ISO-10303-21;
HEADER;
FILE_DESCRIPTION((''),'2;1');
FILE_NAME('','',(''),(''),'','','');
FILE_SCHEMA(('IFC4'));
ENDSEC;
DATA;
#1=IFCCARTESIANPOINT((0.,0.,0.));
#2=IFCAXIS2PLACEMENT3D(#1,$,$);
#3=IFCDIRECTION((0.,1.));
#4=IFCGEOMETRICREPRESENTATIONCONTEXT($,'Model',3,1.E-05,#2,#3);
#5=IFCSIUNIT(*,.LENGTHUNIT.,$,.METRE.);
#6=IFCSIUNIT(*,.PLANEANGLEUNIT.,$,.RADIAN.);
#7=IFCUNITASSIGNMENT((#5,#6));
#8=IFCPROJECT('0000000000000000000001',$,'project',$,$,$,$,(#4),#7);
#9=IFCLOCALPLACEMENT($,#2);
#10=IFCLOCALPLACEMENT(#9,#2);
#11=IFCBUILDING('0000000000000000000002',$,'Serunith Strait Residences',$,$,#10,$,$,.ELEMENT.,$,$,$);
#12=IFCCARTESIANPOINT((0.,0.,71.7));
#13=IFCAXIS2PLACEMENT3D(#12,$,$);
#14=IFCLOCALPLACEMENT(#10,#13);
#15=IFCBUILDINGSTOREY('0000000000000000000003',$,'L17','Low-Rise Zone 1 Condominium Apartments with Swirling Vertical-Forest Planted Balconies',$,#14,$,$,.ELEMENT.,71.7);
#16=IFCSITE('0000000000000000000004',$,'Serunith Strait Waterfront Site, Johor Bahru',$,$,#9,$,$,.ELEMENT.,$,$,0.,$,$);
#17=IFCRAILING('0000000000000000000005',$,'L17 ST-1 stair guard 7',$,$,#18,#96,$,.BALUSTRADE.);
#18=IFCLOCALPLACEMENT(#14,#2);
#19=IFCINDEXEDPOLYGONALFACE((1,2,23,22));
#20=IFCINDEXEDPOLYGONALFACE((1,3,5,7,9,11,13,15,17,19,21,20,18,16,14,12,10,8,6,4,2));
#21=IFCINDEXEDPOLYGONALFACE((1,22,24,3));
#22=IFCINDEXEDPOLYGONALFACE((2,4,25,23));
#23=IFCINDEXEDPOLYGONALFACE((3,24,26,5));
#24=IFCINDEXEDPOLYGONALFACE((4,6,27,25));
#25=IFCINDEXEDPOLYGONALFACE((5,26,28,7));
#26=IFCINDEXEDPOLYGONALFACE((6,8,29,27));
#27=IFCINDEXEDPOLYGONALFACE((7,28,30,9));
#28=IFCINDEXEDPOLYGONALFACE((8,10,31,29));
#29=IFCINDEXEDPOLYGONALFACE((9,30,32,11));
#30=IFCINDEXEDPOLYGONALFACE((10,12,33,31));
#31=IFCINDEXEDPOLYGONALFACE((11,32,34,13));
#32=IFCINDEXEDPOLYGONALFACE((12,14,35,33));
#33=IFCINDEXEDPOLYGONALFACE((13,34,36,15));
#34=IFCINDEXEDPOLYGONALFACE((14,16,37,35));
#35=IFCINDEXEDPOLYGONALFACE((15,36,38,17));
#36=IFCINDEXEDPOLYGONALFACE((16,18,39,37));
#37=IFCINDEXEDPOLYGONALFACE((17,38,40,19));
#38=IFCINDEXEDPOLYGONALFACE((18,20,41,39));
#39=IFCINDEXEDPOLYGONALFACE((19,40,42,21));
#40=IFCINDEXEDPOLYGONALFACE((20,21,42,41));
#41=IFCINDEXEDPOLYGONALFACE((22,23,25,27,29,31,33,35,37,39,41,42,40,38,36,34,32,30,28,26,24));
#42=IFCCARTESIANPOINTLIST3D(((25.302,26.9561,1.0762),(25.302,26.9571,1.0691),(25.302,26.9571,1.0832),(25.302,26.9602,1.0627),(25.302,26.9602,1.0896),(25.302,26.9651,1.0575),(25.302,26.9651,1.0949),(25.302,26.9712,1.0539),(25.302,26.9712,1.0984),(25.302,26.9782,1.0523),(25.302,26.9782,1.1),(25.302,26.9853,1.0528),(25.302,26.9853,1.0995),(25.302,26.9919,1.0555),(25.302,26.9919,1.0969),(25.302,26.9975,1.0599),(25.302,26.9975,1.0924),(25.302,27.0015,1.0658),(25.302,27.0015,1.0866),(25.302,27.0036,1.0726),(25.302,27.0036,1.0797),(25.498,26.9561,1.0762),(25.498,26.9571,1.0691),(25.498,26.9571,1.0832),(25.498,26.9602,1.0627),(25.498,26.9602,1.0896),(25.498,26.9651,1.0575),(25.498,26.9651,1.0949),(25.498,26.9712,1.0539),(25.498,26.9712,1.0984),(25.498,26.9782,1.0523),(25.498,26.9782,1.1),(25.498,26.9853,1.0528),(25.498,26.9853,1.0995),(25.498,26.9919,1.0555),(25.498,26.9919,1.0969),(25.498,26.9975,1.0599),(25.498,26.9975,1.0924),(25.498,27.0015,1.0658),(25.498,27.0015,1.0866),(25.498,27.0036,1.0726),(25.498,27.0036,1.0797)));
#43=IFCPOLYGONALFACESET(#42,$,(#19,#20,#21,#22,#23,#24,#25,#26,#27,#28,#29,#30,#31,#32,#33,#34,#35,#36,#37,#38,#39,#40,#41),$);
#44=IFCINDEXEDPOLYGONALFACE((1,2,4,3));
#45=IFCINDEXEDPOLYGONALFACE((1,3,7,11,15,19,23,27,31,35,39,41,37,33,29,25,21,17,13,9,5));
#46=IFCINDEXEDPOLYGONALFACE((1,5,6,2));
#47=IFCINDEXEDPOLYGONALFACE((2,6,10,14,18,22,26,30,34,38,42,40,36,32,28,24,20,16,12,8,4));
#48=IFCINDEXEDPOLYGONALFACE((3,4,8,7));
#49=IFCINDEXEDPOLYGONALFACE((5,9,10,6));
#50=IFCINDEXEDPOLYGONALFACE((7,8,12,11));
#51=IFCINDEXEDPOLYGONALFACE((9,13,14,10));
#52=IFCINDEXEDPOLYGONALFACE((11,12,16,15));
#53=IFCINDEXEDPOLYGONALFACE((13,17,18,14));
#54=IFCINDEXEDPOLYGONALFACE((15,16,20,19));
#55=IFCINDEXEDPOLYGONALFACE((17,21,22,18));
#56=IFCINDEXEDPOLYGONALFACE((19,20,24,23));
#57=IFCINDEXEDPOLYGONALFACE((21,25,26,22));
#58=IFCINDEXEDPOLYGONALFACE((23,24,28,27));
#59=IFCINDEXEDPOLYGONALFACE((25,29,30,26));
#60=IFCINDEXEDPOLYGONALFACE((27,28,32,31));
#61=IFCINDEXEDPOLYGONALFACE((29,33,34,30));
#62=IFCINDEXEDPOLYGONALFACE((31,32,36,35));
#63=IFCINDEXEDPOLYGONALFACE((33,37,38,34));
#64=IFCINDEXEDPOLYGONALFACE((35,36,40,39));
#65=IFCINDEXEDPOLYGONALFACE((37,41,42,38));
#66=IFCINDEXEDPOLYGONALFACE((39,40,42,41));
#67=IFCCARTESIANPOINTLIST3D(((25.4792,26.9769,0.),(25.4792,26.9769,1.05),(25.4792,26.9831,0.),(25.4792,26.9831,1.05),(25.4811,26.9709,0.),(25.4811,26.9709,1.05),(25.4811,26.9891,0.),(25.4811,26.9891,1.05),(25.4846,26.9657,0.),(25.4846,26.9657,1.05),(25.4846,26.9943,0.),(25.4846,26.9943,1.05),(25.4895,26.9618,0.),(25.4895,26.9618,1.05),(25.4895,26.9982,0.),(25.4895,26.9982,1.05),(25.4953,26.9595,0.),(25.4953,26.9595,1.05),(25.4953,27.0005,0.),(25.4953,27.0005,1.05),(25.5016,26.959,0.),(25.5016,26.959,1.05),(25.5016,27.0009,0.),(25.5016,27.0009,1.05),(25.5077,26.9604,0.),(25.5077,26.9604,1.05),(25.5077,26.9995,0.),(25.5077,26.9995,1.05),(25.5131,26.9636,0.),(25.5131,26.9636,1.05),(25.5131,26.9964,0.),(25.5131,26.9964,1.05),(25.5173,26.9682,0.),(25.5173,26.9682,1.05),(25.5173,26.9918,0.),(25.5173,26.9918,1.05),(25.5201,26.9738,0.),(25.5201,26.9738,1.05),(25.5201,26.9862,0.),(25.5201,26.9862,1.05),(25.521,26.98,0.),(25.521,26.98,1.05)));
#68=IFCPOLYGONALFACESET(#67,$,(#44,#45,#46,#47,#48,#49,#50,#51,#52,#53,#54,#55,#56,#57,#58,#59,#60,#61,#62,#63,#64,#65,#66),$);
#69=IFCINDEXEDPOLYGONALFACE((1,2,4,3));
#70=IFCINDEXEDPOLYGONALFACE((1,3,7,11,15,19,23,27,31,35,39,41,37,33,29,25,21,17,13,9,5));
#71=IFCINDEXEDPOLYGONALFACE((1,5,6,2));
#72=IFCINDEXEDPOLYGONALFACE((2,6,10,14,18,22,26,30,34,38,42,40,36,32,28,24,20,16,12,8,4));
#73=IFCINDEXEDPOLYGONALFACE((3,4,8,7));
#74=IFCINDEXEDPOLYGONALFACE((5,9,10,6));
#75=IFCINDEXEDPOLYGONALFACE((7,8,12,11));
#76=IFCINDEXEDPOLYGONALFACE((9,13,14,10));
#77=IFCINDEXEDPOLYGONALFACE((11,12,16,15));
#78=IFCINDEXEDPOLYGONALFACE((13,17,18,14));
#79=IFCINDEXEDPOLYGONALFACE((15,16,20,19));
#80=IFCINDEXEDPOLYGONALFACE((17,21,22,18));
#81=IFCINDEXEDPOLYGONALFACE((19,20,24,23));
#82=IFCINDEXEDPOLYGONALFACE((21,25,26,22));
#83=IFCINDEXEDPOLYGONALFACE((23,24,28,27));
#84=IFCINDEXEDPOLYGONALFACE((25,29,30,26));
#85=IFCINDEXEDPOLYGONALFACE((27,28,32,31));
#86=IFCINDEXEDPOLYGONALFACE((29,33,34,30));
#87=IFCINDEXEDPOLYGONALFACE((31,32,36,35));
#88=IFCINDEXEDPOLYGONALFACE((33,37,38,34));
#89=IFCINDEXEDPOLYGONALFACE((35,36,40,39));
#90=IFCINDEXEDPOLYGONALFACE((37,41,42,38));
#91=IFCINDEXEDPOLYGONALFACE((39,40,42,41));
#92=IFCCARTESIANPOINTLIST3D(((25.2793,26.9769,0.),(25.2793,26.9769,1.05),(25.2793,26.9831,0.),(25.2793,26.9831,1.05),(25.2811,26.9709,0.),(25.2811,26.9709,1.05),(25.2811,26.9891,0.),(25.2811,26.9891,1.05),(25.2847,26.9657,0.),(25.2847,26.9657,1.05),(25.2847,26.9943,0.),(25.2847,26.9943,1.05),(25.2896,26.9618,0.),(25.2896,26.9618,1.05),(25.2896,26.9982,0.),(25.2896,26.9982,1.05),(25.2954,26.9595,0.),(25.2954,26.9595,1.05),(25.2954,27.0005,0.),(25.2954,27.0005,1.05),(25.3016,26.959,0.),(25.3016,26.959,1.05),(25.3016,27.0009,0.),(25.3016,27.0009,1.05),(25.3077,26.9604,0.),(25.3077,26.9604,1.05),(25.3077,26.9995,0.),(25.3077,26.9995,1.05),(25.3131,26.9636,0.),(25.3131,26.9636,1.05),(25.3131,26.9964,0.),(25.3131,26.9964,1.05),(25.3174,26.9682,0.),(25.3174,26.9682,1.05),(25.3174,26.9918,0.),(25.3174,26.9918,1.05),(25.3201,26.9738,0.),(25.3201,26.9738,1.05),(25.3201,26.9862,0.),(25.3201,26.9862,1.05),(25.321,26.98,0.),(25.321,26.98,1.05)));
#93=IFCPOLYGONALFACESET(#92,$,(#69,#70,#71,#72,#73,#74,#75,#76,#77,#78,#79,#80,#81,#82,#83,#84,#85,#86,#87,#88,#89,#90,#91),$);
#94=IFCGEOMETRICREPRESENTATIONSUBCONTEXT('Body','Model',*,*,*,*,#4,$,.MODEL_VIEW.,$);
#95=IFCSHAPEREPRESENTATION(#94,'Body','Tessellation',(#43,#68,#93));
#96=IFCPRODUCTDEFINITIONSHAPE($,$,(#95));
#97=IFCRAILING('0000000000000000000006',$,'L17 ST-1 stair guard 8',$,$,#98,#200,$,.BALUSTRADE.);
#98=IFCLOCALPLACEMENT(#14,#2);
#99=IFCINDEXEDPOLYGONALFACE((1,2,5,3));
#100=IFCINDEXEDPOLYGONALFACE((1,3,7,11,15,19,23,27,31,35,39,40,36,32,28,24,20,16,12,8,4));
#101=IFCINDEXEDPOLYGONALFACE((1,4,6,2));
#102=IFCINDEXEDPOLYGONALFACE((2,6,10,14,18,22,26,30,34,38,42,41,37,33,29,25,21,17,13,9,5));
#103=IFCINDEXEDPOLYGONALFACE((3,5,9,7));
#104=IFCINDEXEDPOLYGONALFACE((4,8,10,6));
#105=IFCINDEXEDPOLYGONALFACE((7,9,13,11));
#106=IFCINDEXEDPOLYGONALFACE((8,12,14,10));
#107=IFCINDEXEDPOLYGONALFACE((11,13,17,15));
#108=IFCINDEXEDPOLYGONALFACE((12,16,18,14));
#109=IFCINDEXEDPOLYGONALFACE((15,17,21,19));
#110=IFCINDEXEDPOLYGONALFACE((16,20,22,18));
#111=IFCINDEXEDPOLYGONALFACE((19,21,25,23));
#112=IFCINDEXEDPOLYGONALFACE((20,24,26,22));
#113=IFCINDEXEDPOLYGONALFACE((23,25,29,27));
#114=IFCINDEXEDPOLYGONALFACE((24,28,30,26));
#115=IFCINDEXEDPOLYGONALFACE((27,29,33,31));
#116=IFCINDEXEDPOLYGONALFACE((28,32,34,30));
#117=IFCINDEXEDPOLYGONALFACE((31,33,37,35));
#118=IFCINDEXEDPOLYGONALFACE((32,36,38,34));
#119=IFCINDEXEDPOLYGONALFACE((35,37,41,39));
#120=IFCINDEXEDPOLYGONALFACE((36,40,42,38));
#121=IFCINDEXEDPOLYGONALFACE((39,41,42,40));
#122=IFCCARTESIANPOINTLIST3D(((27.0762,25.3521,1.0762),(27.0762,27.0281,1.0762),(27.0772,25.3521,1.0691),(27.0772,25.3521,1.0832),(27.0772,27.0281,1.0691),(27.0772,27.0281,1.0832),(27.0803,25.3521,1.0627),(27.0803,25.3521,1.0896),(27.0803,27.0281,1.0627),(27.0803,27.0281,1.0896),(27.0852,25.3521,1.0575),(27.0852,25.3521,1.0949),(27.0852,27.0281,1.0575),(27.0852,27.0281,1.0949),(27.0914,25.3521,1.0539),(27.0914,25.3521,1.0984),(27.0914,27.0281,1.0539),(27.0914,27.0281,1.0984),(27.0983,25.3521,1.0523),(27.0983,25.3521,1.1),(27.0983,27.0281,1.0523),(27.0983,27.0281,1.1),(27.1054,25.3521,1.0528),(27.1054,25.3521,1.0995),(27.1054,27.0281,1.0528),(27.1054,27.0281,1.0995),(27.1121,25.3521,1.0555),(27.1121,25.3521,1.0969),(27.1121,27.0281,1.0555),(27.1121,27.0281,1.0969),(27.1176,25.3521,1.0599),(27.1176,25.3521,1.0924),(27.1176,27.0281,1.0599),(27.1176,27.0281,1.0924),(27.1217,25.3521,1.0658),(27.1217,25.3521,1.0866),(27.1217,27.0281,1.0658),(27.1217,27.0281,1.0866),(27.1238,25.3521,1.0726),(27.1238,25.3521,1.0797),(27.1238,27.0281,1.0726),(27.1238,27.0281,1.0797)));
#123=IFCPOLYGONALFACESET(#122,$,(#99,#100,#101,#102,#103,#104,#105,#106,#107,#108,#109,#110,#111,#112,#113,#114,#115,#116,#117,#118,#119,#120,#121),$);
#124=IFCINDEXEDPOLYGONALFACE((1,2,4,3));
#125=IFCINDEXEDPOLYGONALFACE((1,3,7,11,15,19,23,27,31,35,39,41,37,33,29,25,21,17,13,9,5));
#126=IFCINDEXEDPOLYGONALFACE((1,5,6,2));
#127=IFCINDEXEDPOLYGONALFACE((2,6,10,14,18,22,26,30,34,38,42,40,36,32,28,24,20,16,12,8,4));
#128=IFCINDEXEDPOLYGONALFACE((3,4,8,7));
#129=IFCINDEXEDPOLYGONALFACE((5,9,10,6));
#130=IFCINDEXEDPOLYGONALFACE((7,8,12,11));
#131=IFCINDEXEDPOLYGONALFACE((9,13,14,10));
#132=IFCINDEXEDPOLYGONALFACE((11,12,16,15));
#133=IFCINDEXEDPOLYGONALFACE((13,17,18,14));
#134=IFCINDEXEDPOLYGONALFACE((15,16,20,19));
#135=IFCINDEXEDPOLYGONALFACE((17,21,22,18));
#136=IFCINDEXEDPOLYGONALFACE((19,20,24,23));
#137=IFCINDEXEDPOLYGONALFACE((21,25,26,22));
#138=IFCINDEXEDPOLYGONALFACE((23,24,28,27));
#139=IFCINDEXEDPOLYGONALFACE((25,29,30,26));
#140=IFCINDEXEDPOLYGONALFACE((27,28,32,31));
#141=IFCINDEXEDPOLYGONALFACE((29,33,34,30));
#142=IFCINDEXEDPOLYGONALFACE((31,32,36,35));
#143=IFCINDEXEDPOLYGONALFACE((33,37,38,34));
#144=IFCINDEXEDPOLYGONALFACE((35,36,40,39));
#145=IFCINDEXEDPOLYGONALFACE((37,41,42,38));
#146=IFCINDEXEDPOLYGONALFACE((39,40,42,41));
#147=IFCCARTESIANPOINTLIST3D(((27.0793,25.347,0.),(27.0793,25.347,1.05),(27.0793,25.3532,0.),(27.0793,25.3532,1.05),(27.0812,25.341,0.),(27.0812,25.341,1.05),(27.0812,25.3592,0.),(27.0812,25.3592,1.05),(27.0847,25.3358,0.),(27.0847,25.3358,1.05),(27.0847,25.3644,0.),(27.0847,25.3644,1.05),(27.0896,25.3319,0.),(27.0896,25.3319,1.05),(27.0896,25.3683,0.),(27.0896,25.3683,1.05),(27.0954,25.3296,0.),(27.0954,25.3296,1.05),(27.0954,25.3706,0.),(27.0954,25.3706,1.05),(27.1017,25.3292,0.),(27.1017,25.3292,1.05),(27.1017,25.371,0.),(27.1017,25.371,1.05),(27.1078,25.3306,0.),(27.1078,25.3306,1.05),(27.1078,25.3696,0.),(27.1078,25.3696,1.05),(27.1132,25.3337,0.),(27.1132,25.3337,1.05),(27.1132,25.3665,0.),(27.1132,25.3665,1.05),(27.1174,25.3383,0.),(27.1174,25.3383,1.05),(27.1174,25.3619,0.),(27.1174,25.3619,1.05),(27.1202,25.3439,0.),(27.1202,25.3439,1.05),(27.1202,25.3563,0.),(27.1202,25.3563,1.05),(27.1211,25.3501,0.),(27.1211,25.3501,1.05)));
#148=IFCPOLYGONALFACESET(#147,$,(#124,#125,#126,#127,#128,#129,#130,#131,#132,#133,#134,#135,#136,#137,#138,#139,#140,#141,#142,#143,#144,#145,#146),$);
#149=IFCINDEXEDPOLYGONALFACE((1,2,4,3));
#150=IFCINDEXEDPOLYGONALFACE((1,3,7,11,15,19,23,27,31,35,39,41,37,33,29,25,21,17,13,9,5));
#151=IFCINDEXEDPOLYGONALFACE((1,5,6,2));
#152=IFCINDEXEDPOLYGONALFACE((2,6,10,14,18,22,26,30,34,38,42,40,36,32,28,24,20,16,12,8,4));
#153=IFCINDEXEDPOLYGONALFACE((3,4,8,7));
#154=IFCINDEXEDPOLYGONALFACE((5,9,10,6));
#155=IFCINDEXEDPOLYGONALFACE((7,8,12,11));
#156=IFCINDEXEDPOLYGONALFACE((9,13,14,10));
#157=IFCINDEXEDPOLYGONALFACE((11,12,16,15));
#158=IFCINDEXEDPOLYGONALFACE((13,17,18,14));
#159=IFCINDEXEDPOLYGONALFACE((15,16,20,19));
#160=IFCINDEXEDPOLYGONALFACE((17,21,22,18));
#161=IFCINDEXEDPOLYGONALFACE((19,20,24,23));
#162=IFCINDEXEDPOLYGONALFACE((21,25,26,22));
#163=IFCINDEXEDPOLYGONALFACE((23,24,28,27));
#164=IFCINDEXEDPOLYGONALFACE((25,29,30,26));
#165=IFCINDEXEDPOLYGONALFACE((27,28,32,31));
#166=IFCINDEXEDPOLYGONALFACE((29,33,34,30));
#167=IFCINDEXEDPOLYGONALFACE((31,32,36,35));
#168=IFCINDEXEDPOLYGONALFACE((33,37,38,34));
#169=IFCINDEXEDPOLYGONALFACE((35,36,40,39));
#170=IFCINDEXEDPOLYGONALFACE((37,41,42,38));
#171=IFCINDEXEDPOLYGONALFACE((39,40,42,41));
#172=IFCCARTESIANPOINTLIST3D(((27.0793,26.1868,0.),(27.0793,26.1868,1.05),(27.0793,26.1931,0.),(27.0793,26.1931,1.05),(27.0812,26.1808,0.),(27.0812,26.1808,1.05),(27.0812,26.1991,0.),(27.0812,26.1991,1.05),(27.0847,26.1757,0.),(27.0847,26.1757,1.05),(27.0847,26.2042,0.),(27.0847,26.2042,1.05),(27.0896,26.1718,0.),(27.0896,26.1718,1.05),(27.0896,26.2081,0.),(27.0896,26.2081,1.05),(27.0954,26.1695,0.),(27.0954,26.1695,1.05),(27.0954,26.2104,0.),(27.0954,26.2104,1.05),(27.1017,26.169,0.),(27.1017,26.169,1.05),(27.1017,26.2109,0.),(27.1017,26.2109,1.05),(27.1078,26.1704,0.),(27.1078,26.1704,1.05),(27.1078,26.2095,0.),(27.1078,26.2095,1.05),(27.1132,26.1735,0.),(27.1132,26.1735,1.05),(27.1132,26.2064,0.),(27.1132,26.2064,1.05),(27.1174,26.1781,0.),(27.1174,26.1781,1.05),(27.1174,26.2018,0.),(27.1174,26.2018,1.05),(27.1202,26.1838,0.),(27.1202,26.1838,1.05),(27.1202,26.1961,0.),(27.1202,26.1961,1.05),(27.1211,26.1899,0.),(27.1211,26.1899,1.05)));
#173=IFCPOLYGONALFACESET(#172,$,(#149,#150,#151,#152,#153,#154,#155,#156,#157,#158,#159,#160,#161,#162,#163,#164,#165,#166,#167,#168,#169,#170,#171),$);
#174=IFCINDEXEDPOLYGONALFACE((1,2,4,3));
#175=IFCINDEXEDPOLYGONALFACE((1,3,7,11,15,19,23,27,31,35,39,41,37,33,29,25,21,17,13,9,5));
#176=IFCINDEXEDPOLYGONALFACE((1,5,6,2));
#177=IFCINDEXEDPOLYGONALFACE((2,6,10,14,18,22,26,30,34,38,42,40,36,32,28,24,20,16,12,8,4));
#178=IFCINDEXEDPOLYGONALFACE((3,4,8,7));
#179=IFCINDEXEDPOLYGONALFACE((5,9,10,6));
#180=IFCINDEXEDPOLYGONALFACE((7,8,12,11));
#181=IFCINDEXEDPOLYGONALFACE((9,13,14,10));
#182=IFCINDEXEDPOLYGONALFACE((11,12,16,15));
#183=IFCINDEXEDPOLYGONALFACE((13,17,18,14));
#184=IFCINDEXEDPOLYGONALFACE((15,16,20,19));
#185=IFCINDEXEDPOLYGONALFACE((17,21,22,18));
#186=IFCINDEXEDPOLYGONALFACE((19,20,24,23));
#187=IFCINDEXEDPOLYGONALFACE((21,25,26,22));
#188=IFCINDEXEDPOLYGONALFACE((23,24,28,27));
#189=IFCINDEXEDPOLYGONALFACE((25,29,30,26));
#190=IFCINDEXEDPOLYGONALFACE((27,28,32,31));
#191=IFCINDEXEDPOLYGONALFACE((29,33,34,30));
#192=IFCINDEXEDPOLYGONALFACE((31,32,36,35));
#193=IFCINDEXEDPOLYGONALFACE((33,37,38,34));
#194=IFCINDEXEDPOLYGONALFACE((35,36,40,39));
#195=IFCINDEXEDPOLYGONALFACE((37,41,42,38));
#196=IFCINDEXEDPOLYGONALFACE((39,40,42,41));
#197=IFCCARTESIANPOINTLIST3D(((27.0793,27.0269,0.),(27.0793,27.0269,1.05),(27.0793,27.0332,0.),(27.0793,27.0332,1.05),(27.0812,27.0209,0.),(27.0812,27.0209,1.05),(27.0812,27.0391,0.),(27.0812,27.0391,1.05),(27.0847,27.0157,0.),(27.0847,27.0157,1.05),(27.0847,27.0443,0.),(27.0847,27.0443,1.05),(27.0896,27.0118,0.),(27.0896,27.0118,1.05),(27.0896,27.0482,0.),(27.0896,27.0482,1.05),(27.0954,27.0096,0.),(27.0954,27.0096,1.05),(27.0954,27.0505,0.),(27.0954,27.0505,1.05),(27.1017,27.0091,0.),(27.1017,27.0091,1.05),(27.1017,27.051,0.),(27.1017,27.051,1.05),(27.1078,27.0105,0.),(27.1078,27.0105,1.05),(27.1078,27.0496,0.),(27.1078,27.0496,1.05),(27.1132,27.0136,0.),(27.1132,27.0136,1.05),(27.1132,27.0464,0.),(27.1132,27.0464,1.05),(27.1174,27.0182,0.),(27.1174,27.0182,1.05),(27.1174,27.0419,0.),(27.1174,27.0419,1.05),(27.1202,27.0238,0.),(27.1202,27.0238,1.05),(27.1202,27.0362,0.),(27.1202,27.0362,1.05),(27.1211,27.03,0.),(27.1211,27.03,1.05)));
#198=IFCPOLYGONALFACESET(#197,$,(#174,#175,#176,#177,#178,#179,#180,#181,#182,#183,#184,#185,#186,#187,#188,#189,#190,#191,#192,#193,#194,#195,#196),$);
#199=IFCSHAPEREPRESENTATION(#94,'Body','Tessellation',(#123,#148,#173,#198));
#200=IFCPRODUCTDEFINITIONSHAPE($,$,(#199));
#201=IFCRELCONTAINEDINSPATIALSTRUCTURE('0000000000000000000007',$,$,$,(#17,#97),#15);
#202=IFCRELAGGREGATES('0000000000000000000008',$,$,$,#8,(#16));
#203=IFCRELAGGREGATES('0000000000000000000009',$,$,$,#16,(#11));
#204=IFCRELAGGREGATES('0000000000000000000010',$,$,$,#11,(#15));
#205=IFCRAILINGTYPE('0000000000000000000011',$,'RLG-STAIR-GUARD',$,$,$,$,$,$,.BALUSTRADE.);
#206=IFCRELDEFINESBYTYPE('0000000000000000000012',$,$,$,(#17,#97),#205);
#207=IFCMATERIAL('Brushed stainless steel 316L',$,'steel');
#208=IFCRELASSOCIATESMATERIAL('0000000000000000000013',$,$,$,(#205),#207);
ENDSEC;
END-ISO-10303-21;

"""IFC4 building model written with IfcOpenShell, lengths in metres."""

from ifc_helpers import new_model, si_unit, direction, frame, origin, origin_2d, place, context, subcontext, project, spatial, circle, extrude, material, type_object, element, save


model = new_model("IFC4")

# Units and contexts
model_context = context("Model", 3, precision=1e-05, world=origin(), true_north=direction((0.0, 1.0)))
body_context = subcontext(model_context, "Body", "Model", "MODEL_VIEW")
ifc_project = project(units=[si_unit("LENGTHUNIT", "METRE"), si_unit("PLANEANGLEUNIT", "RADIAN")], contexts=[model_context])

# Site, building, storey
site_placement = place(None, origin())
site = spatial("IfcSite", under=ifc_project, at=site_placement, Name="Serunith Strait Waterfront Site, Johor Bahru", CompositionType="ELEMENT", RefElevation=0.0)
building_placement = place(site_placement, origin())
building = spatial("IfcBuilding", under=site, at=building_placement, Name="Serunith Strait Residences", CompositionType="ELEMENT")
storey_placement = place(building_placement, frame((0.0, 0.0, 71.7)))
storey = spatial("IfcBuildingStorey", under=building, at=storey_placement, Name="L17", Description="Low-Rise Zone 1 Condominium Apartments with Swirling Vertical-Forest Planted Balconies", CompositionType="ELEMENT", Elevation=71.7)

# Railings
ifc_material_1 = material(Name="Brushed stainless steel 316L", Category="steel")
railing_type_1 = type_object("IfcRailingType", Name="RLG-STAIR-GUARD", PredefinedType="BALUSTRADE", material=ifc_material_1)
railing_1_placement = place(storey_placement, frame((25.5, 26.98, 0.0)))
element("IfcRailing", 1, at=railing_1_placement, inside=storey, type_object=railing_type_1, Name="L17 ST-1 stair guard 7", PredefinedType="BALUSTRADE", context=body_context, shape_type="SweptSolid", body=[
    extrude(circle(Radius=0.0239, at=origin_2d()), frame((-0.002, 0.0, 1.0762), z_axis=(-1.0, 0.0, 0.0), x_axis=(0.0, -1.0, 0.0)), (0.0, 0.0, 1.0), 0.196),
    extrude(circle(Radius=0.021, at=origin_2d()), origin(), (0.0, 0.0, 1.0), 1.05),
    extrude(circle(Radius=0.021, at=origin_2d()), frame((-0.2, 0.0, 0.0)), (0.0, 0.0, 1.0), 1.05),
])
for number, where, name in (
    (2, (27.1001, 25.3501, 0.0), "L17 ST-1 stair guard 8"),
):
    element("IfcRailing", number, at=place(storey_placement, frame(where)), inside=storey, type_object=railing_type_1, Name=name, PredefinedType="BALUSTRADE", context=body_context, shape_type="SweptSolid", body=[
        extrude(circle(Radius=0.0239, at=origin_2d()), frame((0.0, 0.002, 1.0762), z_axis=(0.0, 1.0, 0.0), x_axis=(-1.0, 0.0, 0.0)), (0.0, 0.0, 1.0), 1.676),
        extrude(circle(Radius=0.021, at=origin_2d()), origin(), (0.0, 0.0, 1.0), 1.05),
        extrude(circle(Radius=0.021, at=origin_2d()), frame((0.0, 0.8398, 0.0)), (0.0, 0.0, 1.0), 1.05),
        extrude(circle(Radius=0.021, at=origin_2d()), frame((0.0, 1.6799, 0.0)), (0.0, 0.0, 1.0), 1.05),
    ])

save(model, "model.ifc")
